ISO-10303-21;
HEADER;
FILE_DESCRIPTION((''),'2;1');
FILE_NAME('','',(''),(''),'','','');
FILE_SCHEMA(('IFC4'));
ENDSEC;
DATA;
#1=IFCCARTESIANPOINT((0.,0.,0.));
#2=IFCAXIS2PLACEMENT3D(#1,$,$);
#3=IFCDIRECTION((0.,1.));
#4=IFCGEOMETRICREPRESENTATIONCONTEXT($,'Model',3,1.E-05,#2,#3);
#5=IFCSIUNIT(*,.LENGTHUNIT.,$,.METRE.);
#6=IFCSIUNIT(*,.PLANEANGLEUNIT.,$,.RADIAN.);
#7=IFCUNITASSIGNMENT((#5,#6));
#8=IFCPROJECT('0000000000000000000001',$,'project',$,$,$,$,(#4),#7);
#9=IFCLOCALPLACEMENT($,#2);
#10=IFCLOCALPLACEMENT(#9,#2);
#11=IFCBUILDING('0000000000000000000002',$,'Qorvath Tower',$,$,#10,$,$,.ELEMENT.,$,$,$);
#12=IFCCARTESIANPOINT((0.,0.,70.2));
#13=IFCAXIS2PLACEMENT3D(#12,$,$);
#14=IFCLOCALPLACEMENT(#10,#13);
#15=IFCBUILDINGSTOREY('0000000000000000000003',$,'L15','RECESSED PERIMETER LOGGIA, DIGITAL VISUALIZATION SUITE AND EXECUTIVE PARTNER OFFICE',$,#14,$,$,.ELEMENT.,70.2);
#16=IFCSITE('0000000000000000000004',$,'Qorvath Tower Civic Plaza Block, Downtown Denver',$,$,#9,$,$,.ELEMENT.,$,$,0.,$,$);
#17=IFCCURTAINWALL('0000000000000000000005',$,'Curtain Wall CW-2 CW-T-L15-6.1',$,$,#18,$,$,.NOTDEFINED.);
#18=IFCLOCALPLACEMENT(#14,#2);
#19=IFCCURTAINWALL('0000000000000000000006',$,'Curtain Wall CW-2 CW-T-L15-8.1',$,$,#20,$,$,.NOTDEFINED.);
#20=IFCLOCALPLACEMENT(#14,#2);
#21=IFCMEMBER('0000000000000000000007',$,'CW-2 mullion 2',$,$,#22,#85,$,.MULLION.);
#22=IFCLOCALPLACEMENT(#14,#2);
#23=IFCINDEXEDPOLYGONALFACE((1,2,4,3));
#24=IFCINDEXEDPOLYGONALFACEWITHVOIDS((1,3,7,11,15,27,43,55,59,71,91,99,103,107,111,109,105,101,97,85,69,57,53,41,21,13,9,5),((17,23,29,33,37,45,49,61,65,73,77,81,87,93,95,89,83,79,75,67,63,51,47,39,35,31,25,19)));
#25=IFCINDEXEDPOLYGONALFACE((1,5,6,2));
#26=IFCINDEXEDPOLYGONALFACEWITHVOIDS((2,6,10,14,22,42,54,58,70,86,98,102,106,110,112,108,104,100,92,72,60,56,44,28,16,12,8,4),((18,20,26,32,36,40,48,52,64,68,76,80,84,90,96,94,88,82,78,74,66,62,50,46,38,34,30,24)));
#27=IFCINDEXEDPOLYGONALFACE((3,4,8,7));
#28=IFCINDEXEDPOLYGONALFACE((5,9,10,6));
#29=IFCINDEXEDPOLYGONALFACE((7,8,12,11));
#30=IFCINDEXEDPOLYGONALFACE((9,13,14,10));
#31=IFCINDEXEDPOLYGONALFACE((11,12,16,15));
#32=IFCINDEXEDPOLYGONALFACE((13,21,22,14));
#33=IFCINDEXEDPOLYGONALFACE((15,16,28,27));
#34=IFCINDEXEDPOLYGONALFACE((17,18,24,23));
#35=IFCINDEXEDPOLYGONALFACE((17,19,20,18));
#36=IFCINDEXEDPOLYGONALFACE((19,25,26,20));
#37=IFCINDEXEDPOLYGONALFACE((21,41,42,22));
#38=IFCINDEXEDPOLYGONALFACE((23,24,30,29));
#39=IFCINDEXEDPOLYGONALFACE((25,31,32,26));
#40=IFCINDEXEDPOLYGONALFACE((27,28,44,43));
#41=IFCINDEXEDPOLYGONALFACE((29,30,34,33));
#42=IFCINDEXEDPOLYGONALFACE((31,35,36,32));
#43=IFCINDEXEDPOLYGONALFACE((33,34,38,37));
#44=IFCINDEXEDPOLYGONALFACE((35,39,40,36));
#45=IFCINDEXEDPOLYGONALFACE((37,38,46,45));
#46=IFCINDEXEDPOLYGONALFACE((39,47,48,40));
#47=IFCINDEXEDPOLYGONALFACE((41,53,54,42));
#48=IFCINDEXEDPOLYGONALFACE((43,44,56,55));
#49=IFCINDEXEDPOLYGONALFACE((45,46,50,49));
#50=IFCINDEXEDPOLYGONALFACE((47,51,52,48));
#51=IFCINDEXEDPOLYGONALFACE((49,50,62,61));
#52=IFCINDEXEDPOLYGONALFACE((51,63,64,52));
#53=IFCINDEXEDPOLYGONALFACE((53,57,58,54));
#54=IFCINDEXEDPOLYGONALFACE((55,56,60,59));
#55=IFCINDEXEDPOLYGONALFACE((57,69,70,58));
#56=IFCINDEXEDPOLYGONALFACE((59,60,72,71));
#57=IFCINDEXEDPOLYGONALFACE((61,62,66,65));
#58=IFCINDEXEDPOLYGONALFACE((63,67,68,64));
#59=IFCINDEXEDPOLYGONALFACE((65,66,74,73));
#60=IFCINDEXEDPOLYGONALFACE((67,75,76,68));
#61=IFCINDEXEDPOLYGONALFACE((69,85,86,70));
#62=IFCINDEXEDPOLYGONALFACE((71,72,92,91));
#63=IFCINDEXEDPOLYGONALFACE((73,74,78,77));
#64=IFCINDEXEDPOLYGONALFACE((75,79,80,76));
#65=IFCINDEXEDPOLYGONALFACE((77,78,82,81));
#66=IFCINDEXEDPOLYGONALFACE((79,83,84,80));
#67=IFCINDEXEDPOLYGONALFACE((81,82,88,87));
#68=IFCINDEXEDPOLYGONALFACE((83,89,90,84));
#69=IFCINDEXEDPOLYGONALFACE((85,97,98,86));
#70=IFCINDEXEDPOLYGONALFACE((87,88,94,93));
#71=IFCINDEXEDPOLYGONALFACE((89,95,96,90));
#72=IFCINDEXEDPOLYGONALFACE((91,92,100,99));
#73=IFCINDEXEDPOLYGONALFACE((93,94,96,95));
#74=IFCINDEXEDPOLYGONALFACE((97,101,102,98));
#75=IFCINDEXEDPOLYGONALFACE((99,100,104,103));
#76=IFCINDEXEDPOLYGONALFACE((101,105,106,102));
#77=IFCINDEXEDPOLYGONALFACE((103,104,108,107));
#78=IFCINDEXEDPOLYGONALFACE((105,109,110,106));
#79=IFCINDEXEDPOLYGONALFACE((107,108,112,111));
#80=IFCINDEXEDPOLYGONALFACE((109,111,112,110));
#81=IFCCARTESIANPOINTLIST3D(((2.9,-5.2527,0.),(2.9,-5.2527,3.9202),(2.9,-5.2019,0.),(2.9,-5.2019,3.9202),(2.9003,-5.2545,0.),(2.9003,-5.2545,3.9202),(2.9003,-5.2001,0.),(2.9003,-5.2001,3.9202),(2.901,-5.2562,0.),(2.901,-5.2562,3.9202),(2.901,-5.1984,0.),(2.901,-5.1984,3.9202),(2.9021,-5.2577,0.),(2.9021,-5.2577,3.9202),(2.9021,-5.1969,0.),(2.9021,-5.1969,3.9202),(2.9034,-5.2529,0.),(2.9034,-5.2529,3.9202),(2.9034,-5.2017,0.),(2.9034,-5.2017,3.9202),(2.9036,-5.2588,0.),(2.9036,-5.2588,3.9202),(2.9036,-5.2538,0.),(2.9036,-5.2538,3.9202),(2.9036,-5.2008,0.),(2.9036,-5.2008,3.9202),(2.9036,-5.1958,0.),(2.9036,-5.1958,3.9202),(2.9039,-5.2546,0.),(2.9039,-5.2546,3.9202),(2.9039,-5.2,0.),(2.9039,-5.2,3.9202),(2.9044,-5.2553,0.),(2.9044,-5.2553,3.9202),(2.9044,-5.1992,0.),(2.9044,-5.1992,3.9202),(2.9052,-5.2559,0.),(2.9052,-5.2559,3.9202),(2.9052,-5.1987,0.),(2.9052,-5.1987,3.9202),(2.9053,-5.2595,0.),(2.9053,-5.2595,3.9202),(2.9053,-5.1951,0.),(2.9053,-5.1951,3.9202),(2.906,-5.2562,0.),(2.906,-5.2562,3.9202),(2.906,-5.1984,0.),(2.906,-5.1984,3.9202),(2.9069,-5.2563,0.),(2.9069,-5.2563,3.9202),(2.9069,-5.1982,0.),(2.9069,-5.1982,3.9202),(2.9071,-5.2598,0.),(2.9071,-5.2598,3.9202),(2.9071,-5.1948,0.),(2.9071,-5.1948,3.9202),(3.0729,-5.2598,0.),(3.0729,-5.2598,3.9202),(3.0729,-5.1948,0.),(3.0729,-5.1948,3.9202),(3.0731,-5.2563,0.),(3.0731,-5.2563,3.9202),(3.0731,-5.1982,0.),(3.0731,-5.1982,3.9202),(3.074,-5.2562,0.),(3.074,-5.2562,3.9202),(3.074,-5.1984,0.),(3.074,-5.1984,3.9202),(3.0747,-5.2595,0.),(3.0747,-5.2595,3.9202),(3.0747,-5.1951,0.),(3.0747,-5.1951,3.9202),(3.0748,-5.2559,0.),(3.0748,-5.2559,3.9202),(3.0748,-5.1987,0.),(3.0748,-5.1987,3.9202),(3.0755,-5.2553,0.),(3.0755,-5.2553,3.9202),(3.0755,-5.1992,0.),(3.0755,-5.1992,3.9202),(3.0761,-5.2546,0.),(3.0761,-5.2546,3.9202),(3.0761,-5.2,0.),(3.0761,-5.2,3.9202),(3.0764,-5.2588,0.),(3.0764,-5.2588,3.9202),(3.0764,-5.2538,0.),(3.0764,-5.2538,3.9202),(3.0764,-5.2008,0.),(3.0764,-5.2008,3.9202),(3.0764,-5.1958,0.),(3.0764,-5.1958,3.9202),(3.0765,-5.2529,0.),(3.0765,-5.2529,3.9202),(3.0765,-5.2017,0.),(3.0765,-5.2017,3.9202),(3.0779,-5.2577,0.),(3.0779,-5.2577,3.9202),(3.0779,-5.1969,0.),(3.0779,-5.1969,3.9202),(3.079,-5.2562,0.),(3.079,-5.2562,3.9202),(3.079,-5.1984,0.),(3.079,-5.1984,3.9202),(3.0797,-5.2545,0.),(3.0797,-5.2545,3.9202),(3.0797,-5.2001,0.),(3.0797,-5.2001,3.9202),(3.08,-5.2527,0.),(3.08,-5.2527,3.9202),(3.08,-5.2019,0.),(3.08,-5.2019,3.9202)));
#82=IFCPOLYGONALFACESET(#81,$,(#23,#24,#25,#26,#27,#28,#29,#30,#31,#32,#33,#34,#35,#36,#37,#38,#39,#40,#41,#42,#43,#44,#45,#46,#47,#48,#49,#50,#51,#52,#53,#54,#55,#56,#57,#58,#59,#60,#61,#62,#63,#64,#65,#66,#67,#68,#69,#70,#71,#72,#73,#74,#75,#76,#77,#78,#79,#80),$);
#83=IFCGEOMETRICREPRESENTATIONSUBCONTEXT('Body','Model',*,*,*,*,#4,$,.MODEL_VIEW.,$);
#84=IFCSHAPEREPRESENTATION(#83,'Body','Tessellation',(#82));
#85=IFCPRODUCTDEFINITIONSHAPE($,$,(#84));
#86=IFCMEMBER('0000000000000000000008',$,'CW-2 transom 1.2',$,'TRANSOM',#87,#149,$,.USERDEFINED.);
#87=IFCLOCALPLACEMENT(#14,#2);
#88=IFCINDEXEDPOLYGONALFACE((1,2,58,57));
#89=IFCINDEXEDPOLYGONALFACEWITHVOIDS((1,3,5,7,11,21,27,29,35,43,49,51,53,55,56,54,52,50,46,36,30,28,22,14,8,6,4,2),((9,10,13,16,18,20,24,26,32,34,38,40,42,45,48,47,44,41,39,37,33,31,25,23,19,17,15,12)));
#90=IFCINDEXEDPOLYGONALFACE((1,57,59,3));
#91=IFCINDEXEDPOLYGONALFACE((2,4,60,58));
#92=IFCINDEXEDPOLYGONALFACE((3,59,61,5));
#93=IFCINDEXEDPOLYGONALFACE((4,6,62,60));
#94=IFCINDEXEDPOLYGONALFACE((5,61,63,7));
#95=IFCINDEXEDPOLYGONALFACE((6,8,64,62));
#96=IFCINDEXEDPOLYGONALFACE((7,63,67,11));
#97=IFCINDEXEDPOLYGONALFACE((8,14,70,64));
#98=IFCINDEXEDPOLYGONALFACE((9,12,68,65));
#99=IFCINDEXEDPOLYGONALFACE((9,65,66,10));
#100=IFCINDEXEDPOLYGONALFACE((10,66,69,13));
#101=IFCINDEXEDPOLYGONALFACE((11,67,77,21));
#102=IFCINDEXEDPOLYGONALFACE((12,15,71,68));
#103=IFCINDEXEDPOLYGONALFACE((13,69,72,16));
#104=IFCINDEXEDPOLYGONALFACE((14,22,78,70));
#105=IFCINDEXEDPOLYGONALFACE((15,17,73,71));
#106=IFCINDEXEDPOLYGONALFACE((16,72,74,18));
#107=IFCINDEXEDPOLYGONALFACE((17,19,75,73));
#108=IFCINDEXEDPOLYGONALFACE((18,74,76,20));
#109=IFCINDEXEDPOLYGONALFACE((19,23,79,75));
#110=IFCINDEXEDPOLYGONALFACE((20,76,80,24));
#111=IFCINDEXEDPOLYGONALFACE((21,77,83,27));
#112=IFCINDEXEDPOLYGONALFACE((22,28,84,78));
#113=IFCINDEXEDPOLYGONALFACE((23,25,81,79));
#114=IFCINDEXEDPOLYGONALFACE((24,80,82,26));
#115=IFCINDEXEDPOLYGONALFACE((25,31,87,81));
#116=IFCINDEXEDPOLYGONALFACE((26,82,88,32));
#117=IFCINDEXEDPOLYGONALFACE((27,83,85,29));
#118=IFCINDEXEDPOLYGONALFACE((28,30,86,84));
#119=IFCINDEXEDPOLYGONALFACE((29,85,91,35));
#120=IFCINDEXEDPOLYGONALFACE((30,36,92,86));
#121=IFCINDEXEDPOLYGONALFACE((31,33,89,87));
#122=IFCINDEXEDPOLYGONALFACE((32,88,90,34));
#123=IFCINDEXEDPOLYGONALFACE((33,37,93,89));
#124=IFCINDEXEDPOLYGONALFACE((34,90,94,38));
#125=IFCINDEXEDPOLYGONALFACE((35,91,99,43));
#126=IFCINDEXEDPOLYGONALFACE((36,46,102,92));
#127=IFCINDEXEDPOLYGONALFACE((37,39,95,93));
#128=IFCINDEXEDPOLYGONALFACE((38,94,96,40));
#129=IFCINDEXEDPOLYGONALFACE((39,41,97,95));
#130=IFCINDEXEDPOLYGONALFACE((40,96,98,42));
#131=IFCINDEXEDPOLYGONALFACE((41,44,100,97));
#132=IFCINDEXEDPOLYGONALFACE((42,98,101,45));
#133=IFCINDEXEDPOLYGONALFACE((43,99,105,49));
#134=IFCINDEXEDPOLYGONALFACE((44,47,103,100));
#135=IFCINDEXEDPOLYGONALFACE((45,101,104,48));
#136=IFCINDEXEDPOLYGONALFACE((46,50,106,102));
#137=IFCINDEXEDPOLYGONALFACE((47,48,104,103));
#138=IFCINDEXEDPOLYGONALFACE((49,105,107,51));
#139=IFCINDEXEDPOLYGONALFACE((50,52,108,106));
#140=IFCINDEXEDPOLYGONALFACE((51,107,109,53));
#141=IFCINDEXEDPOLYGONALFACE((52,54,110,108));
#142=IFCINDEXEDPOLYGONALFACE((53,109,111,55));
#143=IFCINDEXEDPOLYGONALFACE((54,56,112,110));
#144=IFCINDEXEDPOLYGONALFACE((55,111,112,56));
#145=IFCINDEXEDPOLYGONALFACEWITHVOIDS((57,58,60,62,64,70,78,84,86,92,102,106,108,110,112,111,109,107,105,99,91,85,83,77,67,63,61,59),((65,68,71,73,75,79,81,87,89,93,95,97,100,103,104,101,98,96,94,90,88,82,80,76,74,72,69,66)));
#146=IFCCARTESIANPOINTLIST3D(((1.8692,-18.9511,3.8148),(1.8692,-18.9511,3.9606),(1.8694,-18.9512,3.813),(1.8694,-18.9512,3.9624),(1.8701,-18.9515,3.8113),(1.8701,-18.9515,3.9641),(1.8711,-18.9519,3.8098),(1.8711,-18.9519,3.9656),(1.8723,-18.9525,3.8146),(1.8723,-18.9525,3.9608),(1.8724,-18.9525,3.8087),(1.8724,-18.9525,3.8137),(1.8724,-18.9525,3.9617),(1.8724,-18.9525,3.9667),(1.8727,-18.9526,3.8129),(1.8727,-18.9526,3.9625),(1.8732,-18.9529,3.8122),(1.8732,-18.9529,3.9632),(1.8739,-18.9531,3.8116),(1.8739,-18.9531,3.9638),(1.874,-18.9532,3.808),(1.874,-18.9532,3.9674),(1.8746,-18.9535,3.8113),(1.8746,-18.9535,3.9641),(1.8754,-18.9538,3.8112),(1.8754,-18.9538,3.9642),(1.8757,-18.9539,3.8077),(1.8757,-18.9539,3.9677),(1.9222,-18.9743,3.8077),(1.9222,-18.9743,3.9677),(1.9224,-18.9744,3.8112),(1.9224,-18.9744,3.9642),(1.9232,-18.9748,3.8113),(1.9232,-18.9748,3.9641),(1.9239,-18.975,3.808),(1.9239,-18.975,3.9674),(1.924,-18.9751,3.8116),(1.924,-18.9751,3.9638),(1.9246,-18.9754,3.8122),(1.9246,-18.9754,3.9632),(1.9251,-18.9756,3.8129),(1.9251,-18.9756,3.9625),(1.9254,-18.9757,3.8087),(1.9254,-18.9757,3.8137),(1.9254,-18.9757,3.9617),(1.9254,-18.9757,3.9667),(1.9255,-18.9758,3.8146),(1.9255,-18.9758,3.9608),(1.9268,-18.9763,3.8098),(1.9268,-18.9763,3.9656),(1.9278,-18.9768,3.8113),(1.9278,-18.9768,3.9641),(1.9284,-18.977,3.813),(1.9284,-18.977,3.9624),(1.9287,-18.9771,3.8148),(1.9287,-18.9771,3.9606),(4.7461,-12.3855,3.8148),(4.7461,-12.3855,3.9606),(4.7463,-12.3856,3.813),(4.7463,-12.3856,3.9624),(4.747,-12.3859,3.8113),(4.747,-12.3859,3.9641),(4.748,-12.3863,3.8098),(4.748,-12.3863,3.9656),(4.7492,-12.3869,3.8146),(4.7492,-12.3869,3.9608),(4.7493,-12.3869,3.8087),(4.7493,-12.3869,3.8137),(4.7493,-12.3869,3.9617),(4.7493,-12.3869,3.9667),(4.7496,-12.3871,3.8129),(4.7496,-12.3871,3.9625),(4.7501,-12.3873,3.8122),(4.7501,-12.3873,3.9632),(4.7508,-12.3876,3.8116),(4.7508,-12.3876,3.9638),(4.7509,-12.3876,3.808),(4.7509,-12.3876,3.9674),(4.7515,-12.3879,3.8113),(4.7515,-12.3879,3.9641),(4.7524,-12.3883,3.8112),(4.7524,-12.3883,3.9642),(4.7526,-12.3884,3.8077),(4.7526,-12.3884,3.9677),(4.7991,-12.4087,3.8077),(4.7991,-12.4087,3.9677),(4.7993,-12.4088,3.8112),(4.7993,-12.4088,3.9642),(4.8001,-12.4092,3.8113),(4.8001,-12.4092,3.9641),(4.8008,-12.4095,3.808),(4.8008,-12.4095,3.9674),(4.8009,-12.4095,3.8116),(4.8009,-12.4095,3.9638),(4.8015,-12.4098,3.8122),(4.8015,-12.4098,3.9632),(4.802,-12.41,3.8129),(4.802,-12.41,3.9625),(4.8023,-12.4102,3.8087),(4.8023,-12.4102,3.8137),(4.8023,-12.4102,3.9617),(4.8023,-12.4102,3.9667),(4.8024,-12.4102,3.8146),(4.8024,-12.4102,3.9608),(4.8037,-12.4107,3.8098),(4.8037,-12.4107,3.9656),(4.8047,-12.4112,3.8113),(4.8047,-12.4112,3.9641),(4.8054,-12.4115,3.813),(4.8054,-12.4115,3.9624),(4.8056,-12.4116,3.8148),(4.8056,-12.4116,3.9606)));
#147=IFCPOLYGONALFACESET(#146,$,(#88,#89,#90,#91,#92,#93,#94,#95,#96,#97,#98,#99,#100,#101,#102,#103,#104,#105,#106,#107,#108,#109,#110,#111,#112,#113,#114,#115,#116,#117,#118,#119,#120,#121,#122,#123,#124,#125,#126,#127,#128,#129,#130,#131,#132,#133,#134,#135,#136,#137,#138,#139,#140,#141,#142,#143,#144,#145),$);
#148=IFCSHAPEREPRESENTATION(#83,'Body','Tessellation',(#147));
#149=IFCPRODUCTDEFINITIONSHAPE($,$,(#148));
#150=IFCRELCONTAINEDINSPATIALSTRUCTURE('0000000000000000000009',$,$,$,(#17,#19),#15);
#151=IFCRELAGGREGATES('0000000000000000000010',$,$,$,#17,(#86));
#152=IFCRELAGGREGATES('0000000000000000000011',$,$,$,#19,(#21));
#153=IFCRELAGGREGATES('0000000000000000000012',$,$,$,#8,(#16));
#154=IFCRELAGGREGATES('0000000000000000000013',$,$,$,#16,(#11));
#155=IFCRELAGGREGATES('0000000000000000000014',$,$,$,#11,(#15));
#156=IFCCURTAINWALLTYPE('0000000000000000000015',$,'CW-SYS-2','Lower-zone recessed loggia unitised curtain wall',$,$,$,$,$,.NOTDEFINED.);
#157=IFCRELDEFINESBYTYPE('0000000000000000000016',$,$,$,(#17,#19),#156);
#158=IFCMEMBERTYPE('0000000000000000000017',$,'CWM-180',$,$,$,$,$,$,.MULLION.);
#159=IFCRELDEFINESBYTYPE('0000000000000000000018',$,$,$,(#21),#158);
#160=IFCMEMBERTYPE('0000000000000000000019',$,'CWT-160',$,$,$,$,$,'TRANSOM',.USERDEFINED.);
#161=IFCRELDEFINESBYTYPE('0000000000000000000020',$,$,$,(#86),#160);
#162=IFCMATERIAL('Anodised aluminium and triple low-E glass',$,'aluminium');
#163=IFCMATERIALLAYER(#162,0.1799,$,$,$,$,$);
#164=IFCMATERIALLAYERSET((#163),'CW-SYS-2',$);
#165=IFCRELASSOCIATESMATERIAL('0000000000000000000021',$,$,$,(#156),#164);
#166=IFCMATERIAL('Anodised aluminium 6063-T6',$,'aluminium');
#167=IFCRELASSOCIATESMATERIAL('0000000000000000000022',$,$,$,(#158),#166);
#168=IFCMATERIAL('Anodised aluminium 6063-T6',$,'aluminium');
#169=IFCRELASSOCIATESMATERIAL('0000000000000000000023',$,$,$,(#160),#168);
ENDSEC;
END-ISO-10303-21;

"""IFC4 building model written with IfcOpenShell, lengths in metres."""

from ifc_helpers import new_model, si_unit, direction, frame, origin, origin_2d, place, context, subcontext, project, spatial, hollow_rectangle, extrude, material, layer, layer_set, material_profile, profile_set, type_object, element, aggregate, save


model = new_model("IFC4")

# Units and contexts
model_context = context("Model", 3, precision=1e-05, world=origin(), true_north=direction((0.0, 1.0)))
body_context = subcontext(model_context, "Body", "Model", "MODEL_VIEW")
ifc_project = project(units=[si_unit("LENGTHUNIT", "METRE"), si_unit("PLANEANGLEUNIT", "RADIAN")], contexts=[model_context])

# Site, building, storey
site_placement = place(None, origin())
site = spatial("IfcSite", under=ifc_project, at=site_placement, Name="Qorvath Tower Civic Plaza Block, Downtown Denver", CompositionType="ELEMENT", RefElevation=0.0)
building_placement = place(site_placement, origin())
building = spatial("IfcBuilding", under=site, at=building_placement, Name="Qorvath Tower", CompositionType="ELEMENT")
storey_placement = place(building_placement, frame((0.0, 0.0, 70.2)))
storey = spatial("IfcBuildingStorey", under=building, at=storey_placement, Name="L15", Description="RECESSED PERIMETER LOGGIA, DIGITAL VISUALIZATION SUITE AND EXECUTIVE PARTNER OFFICE", CompositionType="ELEMENT", Elevation=70.2)

# Curtain wall
ifc_material_1 = material(Name="Anodised aluminium and triple low-E glass", Category="aluminium")
ifc_layer_1 = layer(ifc_material_1, 0.1799)
ifc_layer_set_1 = layer_set([ifc_layer_1], Name="CW-SYS-2")
curtain_wall_type = type_object("IfcCurtainWallType", Name="CW-SYS-2", Description="Lower-zone recessed loggia unitised curtain wall", PredefinedType="NOTDEFINED", material=ifc_layer_set_1)
curtain_wall_1_placement = place(storey_placement, origin())
curtain_wall_1 = element("IfcCurtainWall", 1, at=curtain_wall_1_placement, inside=storey, type_object=curtain_wall_type, Name="Curtain Wall CW-2 CW-T-L15-6.1", PredefinedType="NOTDEFINED")
ifc_material_2 = material(Name="Anodised aluminium 6063-T6", Category="aluminium")
ifc_material_profile_1 = material_profile(ifc_material_2, hollow_rectangle(XDim=0.0649, YDim=0.1799, WallThickness=0.0034, InnerFilletRadius=0.0034, OuterFilletRadius=0.0071, at=origin_2d()), Name="CWM 180x65")
ifc_profile_set_1 = profile_set([ifc_material_profile_1], Name="Anodised aluminium 6063-T6")
member_type_1 = type_object("IfcMemberType", Name="CWM-180", PredefinedType="MULLION", material=ifc_profile_set_1)

# Curtain wall, member
curtain_wall_2_placement = place(storey_placement, origin())
curtain_wall_2 = element("IfcCurtainWall", 2, at=curtain_wall_2_placement, inside=storey, type_object=curtain_wall_type, Name="Curtain Wall CW-2 CW-T-L15-8.1", PredefinedType="NOTDEFINED")
member_1_placement = place(storey_placement, frame((2.99, -5.2273, 0.0), z_axis=(0.0, 0.0, 1.0), x_axis=(0.0, -1.0, 0.0)))
member_1 = element("IfcMember", 3, at=member_1_placement, type_object=member_type_1, Name="CW-2 mullion 2", PredefinedType="MULLION", context=body_context, shape_type="SweptSolid", body=[
    extrude(hollow_rectangle(XDim=0.0649, YDim=0.1799, WallThickness=0.0034, InnerFilletRadius=0.0034, OuterFilletRadius=0.0071, at=origin_2d()), origin(), (0.0, 0.0, 1.0), 3.9202),
])

# Member
ifc_material_3 = material(Name="Anodised aluminium 6063-T6", Category="aluminium")
ifc_material_profile_2 = material_profile(ifc_material_3, hollow_rectangle(XDim=0.0649, YDim=0.1599, WallThickness=0.0034, InnerFilletRadius=0.0034, OuterFilletRadius=0.0071, at=origin_2d()), Name="CWT 160x65")
ifc_profile_set_2 = profile_set([ifc_material_profile_2], Name="Anodised aluminium 6063-T6")
member_type_2 = type_object("IfcMemberType", Name="CWT-160", ElementType="TRANSOM", PredefinedType="USERDEFINED", material=ifc_profile_set_2)
member_2_placement = place(storey_placement, frame((1.8989, -18.9641, 3.8877), z_axis=(0.401342, 0.915928, 0.0), x_axis=(-0.915928, 0.401342, 0.0)))
member_2 = element("IfcMember", 4, at=member_2_placement, type_object=member_type_2, Name="CW-2 transom 1.2", ObjectType="TRANSOM", PredefinedType="USERDEFINED", context=body_context, shape_type="SweptSolid", body=[
    extrude(hollow_rectangle(XDim=0.0649, YDim=0.1599, WallThickness=0.0034, InnerFilletRadius=0.0034, OuterFilletRadius=0.0071, at=origin_2d()), origin(), (0.0, 0.0, 1.0), 7.1682),
])

aggregate(curtain_wall_1, [member_2])
aggregate(curtain_wall_2, [member_1])

save(model, "model.ifc")
